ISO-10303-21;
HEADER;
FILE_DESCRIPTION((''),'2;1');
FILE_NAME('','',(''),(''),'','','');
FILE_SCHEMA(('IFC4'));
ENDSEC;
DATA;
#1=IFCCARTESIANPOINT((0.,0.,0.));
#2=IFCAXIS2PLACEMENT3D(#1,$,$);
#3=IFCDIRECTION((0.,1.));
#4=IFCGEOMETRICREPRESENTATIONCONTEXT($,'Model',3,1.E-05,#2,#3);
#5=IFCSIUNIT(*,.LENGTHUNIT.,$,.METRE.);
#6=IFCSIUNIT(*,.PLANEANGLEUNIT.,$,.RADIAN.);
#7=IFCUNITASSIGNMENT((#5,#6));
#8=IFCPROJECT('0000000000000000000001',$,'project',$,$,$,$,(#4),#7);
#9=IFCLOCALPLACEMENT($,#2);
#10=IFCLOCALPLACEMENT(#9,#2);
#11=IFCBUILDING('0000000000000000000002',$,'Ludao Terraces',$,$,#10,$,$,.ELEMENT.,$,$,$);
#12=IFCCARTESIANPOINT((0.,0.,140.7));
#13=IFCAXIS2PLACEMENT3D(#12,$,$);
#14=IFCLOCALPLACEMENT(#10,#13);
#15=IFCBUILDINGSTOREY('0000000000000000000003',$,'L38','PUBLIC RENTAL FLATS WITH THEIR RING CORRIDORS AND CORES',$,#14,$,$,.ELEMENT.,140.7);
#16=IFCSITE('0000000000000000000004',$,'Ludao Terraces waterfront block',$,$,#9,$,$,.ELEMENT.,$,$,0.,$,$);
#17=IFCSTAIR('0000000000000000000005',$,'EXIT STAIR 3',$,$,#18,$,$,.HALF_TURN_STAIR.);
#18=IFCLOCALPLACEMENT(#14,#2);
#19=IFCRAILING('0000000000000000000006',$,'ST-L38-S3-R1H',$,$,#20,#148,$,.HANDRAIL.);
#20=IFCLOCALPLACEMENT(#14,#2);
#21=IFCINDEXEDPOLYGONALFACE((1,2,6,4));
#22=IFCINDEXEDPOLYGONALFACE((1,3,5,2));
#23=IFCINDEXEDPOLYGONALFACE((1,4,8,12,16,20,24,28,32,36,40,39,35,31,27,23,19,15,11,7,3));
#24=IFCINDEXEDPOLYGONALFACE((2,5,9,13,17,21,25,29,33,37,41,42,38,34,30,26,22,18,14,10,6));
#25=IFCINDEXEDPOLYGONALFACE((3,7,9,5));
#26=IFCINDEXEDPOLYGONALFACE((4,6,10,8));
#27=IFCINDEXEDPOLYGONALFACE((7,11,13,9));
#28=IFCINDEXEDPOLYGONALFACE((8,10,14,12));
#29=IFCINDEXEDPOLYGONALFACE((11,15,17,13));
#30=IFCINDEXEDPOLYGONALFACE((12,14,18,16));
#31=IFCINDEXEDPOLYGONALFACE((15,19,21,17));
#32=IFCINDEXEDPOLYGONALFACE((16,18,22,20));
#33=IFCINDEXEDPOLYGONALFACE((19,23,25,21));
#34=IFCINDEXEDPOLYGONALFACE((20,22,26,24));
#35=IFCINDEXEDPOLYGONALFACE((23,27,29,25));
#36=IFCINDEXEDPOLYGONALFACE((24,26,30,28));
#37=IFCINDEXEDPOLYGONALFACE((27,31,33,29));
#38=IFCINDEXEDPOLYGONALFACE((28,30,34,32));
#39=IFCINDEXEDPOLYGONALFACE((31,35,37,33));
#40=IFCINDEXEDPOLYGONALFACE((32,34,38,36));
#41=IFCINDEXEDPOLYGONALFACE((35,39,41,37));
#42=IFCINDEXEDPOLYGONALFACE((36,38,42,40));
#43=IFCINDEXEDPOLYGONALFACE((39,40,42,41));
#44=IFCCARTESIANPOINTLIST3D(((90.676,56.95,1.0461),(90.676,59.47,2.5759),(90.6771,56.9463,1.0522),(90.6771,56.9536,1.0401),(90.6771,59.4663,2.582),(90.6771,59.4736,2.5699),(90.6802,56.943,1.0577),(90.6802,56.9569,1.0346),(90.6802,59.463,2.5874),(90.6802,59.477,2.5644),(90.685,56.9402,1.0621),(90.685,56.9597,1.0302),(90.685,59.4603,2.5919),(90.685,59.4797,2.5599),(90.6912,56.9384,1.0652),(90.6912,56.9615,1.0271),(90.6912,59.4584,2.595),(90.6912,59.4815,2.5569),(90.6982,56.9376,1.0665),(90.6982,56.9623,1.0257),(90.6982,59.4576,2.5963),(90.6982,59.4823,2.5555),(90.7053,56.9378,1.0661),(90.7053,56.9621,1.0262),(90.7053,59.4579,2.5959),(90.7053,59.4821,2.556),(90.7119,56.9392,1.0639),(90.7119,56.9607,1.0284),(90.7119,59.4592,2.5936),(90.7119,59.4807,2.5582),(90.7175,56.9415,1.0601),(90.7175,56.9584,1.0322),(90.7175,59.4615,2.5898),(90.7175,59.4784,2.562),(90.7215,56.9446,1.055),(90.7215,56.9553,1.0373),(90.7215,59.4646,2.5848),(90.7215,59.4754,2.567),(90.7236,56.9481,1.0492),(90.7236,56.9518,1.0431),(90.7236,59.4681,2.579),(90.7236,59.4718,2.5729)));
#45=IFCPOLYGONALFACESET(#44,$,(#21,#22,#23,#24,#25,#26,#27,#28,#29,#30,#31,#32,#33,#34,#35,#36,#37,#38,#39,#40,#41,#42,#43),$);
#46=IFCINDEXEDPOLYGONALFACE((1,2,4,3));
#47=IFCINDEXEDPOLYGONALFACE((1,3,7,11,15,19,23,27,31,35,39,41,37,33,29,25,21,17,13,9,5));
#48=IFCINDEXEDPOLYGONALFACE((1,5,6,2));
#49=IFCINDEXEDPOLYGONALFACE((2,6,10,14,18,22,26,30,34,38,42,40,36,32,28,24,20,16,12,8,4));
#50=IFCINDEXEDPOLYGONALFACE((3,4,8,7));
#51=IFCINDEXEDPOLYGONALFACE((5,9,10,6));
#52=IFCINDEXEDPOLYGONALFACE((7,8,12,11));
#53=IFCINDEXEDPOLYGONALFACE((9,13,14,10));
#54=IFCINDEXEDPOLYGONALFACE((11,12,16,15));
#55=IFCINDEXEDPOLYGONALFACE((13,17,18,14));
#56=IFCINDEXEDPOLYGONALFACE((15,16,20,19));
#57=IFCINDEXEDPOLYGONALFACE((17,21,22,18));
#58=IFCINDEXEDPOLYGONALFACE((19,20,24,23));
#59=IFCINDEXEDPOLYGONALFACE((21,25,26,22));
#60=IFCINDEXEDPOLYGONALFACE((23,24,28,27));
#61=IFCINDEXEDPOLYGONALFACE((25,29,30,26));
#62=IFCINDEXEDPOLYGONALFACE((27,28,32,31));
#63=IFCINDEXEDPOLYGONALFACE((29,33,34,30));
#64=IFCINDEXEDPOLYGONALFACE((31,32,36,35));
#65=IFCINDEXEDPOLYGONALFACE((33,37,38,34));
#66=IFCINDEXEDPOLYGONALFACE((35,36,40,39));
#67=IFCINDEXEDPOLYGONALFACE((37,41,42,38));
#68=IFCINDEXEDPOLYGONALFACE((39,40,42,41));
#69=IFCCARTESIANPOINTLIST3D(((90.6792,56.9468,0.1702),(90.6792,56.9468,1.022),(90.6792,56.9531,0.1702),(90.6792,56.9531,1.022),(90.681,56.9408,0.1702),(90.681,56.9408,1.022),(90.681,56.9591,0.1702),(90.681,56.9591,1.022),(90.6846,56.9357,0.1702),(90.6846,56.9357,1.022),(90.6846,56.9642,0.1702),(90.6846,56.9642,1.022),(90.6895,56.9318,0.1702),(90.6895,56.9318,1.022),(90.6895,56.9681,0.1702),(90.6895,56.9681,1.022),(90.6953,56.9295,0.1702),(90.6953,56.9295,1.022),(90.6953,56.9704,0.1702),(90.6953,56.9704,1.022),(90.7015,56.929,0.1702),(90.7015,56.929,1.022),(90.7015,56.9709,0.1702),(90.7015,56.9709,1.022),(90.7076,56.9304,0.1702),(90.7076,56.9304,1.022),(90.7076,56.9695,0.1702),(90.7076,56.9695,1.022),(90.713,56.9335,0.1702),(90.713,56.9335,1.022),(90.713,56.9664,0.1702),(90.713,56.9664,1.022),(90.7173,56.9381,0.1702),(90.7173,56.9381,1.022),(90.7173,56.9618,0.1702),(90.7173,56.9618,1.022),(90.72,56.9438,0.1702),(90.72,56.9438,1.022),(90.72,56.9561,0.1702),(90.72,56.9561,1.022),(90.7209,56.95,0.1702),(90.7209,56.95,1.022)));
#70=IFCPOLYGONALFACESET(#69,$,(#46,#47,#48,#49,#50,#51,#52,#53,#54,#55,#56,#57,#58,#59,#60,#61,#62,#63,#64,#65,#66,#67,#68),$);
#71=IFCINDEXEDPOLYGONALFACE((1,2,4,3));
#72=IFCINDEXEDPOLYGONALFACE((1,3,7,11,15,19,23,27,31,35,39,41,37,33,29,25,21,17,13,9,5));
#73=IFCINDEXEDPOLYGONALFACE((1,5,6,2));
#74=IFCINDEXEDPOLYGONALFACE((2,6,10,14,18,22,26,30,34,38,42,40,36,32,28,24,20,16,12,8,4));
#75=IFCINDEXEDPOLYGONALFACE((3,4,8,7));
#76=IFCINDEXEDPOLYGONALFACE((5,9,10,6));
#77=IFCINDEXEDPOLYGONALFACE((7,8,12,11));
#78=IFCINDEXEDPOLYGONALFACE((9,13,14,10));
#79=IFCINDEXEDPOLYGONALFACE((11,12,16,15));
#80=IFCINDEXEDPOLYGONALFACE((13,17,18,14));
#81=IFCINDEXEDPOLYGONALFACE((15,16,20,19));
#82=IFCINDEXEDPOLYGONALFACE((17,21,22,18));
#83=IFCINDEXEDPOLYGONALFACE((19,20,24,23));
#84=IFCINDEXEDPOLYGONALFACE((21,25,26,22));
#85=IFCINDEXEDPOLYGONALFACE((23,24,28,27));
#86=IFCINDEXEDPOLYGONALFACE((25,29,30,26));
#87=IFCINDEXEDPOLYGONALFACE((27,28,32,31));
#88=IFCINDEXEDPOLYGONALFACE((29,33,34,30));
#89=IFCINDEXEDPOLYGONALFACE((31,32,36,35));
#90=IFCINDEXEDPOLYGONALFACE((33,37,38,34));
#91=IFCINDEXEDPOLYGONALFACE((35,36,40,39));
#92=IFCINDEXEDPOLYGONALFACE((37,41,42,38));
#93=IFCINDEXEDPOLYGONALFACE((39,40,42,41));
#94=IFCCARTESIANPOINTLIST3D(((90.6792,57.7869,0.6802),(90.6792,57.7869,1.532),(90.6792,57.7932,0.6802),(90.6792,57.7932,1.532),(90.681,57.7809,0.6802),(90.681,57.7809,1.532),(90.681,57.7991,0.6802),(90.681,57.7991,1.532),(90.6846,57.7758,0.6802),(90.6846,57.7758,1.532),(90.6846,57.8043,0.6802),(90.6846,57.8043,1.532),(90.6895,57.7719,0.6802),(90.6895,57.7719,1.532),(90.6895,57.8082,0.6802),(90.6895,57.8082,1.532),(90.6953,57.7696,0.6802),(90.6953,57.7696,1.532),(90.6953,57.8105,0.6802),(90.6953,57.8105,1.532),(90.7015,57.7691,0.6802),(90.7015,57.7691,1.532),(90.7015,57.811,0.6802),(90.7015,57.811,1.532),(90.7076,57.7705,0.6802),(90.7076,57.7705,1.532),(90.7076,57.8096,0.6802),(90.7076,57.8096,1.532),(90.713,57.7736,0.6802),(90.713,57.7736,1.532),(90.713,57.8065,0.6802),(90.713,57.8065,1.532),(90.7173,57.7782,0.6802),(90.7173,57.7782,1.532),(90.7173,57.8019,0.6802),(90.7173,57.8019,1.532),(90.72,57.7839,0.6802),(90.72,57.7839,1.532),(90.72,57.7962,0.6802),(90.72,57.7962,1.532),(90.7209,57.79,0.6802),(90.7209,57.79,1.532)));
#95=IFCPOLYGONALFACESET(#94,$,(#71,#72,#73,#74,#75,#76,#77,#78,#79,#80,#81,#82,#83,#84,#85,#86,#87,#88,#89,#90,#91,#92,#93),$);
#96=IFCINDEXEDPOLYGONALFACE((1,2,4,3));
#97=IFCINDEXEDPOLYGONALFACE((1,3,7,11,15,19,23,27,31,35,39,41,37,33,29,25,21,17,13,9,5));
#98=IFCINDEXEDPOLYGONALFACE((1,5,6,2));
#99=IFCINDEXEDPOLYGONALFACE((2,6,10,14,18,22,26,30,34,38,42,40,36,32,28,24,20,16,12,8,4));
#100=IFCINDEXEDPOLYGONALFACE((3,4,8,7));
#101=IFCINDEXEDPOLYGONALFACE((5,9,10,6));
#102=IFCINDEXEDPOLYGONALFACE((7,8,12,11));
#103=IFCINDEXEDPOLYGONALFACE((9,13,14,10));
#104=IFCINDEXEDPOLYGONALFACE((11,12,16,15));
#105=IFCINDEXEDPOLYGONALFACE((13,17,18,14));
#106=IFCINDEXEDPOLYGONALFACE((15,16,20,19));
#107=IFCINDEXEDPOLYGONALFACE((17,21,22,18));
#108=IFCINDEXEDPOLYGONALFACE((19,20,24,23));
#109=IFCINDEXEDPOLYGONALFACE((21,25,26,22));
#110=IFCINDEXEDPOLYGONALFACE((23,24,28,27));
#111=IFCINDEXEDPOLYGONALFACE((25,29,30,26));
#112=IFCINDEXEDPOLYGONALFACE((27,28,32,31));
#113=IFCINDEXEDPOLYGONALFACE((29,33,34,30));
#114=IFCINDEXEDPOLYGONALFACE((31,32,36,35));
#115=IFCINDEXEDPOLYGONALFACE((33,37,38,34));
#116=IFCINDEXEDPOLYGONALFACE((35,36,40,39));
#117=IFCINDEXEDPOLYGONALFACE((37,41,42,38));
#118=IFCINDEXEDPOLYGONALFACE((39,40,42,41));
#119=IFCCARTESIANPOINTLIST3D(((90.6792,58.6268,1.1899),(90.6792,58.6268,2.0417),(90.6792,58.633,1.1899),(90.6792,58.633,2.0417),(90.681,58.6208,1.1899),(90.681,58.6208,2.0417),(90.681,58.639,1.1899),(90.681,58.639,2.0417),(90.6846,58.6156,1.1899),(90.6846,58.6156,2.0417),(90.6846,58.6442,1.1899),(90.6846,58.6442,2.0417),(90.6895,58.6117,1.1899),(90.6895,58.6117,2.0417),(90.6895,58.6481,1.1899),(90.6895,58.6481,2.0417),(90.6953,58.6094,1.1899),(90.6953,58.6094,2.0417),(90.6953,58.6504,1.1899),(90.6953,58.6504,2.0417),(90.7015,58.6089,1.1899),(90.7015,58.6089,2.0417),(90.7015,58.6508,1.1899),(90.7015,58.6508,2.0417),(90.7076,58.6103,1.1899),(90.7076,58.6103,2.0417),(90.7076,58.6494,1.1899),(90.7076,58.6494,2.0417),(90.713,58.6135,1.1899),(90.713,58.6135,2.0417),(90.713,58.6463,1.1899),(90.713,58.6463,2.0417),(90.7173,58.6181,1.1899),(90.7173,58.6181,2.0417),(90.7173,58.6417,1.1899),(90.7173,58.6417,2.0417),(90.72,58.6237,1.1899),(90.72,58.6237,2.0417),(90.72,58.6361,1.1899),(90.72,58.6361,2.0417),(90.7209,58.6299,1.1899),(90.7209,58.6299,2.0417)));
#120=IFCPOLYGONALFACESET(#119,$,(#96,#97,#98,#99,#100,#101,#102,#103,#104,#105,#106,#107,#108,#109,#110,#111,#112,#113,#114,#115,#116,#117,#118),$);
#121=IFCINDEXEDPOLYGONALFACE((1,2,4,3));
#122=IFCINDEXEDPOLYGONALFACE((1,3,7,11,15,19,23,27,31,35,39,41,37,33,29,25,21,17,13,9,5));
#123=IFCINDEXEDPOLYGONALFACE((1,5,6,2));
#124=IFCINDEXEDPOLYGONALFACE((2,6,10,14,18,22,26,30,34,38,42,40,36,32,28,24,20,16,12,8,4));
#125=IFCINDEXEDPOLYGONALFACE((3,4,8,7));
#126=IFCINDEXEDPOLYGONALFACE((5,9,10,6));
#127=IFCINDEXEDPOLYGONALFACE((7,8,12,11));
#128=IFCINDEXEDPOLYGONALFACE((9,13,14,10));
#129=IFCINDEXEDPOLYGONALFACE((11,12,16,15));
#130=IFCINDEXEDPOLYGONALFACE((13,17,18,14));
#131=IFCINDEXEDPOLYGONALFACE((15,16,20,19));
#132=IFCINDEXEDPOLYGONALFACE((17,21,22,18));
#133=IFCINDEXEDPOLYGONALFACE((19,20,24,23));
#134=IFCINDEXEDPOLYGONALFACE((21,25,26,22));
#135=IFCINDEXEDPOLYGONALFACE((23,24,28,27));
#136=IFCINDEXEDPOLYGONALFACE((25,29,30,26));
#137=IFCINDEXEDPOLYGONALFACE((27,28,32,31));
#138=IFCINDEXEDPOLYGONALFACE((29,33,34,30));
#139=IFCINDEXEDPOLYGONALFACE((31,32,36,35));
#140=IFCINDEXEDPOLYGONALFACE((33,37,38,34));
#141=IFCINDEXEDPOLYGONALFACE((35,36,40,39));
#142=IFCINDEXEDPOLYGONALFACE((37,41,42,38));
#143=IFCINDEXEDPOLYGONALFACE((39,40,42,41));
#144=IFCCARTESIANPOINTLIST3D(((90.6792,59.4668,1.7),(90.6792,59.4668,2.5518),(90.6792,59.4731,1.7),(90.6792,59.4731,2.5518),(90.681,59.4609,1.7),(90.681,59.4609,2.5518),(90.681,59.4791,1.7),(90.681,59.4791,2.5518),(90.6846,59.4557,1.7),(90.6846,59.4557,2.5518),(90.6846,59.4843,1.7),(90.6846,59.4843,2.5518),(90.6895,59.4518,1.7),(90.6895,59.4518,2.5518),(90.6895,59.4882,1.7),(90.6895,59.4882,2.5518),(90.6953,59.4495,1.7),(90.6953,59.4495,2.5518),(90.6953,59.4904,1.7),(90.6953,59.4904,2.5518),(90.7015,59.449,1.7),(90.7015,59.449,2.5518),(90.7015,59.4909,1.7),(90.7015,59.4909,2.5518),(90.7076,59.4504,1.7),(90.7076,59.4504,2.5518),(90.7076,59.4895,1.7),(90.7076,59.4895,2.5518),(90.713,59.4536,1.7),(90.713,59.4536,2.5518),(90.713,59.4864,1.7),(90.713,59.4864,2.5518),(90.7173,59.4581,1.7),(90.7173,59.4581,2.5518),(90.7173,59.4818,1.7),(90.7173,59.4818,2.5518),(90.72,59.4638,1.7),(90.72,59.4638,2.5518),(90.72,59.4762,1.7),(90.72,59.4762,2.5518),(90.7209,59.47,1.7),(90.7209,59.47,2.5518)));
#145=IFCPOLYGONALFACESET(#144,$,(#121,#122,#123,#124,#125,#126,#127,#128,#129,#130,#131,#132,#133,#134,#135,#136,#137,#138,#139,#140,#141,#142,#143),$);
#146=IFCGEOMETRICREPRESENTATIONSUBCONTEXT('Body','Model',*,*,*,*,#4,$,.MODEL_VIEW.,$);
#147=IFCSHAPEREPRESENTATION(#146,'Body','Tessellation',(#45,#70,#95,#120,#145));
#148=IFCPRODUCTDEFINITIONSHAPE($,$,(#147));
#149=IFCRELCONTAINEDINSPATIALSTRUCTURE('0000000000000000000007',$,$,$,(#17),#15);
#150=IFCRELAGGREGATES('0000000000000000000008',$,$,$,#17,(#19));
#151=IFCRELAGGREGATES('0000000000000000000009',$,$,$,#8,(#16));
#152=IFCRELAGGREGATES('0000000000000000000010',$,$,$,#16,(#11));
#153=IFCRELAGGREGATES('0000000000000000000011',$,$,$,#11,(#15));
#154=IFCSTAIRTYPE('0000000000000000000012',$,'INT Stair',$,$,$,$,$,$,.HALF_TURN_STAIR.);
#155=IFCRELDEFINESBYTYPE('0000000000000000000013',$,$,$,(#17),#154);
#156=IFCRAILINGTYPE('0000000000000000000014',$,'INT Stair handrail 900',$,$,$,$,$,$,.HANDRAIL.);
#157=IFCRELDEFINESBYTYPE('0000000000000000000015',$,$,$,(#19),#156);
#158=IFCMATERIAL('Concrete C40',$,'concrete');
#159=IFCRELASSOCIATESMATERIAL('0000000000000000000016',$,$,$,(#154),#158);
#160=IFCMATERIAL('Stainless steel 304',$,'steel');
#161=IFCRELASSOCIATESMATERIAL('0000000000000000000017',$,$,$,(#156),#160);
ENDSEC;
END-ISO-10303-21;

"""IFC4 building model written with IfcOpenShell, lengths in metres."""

from ifc_helpers import new_model, si_unit, direction, frame, origin, origin_2d, place, context, subcontext, project, spatial, circle, extrude, material, type_object, element, aggregate, save


model = new_model("IFC4")

# Units and contexts
model_context = context("Model", 3, precision=1e-05, world=origin(), true_north=direction((0.0, 1.0)))
body_context = subcontext(model_context, "Body", "Model", "MODEL_VIEW")
ifc_project = project(units=[si_unit("LENGTHUNIT", "METRE"), si_unit("PLANEANGLEUNIT", "RADIAN")], contexts=[model_context])

# Site, building, storey
site_placement = place(None, origin())
site = spatial("IfcSite", under=ifc_project, at=site_placement, Name="Ludao Terraces waterfront block", CompositionType="ELEMENT", RefElevation=0.0)
building_placement = place(site_placement, origin())
building = spatial("IfcBuilding", under=site, at=building_placement, Name="Ludao Terraces", CompositionType="ELEMENT")
storey_placement = place(building_placement, frame((0.0, 0.0, 140.7)))
storey = spatial("IfcBuildingStorey", under=building, at=storey_placement, Name="L38", Description="PUBLIC RENTAL FLATS WITH THEIR RING CORRIDORS AND CORES", CompositionType="ELEMENT", Elevation=140.7)

# Shared definitions
ifc_material_1 = material(Name="Concrete C40", Category="concrete")

# Stair, railing
stair_type = type_object("IfcStairType", Name="INT Stair", PredefinedType="HALF_TURN_STAIR", material=ifc_material_1)
stair_placement = place(storey_placement, origin())
stair = element("IfcStair", 1, at=stair_placement, inside=storey, type_object=stair_type, Name="EXIT STAIR 3", PredefinedType="HALF_TURN_STAIR")
ifc_material_2 = material(Name="Stainless steel 304", Category="steel")
railing_type_1 = type_object("IfcRailingType", Name="INT Stair handrail 900", PredefinedType="HANDRAIL", material=ifc_material_2)
railing_1_placement = place(storey_placement, frame((90.7, 56.95, 0.1702)))
railing_1 = element("IfcRailing", 2, at=railing_1_placement, type_object=railing_type_1, Name="ST-L38-S3-R1H", PredefinedType="HANDRAIL", context=body_context, shape_type="SweptSolid", body=[
    extrude(circle(Radius=0.0239, at=origin_2d()), frame((0.0, 0.0, 0.876), z_axis=(0.0, 0.854822, 0.518922), x_axis=(-1.0, 0.0, 0.0)), (0.0, 0.0, 1.0), 2.948),
    extrude(circle(Radius=0.021, at=origin_2d()), origin(), (0.0, 0.0, 1.0), 0.8518),
    extrude(circle(Radius=0.021, at=origin_2d()), frame((0.0, 0.8401, 0.51)), (0.0, 0.0, 1.0), 0.8518),
    extrude(circle(Radius=0.021, at=origin_2d()), frame((0.0, 1.6799, 1.0198)), (0.0, 0.0, 1.0), 0.8518),
    extrude(circle(Radius=0.021, at=origin_2d()), frame((0.0, 2.52, 1.5298)), (0.0, 0.0, 1.0), 0.8518),
])
aggregate(stair, [railing_1])

save(model, "model.ifc")
